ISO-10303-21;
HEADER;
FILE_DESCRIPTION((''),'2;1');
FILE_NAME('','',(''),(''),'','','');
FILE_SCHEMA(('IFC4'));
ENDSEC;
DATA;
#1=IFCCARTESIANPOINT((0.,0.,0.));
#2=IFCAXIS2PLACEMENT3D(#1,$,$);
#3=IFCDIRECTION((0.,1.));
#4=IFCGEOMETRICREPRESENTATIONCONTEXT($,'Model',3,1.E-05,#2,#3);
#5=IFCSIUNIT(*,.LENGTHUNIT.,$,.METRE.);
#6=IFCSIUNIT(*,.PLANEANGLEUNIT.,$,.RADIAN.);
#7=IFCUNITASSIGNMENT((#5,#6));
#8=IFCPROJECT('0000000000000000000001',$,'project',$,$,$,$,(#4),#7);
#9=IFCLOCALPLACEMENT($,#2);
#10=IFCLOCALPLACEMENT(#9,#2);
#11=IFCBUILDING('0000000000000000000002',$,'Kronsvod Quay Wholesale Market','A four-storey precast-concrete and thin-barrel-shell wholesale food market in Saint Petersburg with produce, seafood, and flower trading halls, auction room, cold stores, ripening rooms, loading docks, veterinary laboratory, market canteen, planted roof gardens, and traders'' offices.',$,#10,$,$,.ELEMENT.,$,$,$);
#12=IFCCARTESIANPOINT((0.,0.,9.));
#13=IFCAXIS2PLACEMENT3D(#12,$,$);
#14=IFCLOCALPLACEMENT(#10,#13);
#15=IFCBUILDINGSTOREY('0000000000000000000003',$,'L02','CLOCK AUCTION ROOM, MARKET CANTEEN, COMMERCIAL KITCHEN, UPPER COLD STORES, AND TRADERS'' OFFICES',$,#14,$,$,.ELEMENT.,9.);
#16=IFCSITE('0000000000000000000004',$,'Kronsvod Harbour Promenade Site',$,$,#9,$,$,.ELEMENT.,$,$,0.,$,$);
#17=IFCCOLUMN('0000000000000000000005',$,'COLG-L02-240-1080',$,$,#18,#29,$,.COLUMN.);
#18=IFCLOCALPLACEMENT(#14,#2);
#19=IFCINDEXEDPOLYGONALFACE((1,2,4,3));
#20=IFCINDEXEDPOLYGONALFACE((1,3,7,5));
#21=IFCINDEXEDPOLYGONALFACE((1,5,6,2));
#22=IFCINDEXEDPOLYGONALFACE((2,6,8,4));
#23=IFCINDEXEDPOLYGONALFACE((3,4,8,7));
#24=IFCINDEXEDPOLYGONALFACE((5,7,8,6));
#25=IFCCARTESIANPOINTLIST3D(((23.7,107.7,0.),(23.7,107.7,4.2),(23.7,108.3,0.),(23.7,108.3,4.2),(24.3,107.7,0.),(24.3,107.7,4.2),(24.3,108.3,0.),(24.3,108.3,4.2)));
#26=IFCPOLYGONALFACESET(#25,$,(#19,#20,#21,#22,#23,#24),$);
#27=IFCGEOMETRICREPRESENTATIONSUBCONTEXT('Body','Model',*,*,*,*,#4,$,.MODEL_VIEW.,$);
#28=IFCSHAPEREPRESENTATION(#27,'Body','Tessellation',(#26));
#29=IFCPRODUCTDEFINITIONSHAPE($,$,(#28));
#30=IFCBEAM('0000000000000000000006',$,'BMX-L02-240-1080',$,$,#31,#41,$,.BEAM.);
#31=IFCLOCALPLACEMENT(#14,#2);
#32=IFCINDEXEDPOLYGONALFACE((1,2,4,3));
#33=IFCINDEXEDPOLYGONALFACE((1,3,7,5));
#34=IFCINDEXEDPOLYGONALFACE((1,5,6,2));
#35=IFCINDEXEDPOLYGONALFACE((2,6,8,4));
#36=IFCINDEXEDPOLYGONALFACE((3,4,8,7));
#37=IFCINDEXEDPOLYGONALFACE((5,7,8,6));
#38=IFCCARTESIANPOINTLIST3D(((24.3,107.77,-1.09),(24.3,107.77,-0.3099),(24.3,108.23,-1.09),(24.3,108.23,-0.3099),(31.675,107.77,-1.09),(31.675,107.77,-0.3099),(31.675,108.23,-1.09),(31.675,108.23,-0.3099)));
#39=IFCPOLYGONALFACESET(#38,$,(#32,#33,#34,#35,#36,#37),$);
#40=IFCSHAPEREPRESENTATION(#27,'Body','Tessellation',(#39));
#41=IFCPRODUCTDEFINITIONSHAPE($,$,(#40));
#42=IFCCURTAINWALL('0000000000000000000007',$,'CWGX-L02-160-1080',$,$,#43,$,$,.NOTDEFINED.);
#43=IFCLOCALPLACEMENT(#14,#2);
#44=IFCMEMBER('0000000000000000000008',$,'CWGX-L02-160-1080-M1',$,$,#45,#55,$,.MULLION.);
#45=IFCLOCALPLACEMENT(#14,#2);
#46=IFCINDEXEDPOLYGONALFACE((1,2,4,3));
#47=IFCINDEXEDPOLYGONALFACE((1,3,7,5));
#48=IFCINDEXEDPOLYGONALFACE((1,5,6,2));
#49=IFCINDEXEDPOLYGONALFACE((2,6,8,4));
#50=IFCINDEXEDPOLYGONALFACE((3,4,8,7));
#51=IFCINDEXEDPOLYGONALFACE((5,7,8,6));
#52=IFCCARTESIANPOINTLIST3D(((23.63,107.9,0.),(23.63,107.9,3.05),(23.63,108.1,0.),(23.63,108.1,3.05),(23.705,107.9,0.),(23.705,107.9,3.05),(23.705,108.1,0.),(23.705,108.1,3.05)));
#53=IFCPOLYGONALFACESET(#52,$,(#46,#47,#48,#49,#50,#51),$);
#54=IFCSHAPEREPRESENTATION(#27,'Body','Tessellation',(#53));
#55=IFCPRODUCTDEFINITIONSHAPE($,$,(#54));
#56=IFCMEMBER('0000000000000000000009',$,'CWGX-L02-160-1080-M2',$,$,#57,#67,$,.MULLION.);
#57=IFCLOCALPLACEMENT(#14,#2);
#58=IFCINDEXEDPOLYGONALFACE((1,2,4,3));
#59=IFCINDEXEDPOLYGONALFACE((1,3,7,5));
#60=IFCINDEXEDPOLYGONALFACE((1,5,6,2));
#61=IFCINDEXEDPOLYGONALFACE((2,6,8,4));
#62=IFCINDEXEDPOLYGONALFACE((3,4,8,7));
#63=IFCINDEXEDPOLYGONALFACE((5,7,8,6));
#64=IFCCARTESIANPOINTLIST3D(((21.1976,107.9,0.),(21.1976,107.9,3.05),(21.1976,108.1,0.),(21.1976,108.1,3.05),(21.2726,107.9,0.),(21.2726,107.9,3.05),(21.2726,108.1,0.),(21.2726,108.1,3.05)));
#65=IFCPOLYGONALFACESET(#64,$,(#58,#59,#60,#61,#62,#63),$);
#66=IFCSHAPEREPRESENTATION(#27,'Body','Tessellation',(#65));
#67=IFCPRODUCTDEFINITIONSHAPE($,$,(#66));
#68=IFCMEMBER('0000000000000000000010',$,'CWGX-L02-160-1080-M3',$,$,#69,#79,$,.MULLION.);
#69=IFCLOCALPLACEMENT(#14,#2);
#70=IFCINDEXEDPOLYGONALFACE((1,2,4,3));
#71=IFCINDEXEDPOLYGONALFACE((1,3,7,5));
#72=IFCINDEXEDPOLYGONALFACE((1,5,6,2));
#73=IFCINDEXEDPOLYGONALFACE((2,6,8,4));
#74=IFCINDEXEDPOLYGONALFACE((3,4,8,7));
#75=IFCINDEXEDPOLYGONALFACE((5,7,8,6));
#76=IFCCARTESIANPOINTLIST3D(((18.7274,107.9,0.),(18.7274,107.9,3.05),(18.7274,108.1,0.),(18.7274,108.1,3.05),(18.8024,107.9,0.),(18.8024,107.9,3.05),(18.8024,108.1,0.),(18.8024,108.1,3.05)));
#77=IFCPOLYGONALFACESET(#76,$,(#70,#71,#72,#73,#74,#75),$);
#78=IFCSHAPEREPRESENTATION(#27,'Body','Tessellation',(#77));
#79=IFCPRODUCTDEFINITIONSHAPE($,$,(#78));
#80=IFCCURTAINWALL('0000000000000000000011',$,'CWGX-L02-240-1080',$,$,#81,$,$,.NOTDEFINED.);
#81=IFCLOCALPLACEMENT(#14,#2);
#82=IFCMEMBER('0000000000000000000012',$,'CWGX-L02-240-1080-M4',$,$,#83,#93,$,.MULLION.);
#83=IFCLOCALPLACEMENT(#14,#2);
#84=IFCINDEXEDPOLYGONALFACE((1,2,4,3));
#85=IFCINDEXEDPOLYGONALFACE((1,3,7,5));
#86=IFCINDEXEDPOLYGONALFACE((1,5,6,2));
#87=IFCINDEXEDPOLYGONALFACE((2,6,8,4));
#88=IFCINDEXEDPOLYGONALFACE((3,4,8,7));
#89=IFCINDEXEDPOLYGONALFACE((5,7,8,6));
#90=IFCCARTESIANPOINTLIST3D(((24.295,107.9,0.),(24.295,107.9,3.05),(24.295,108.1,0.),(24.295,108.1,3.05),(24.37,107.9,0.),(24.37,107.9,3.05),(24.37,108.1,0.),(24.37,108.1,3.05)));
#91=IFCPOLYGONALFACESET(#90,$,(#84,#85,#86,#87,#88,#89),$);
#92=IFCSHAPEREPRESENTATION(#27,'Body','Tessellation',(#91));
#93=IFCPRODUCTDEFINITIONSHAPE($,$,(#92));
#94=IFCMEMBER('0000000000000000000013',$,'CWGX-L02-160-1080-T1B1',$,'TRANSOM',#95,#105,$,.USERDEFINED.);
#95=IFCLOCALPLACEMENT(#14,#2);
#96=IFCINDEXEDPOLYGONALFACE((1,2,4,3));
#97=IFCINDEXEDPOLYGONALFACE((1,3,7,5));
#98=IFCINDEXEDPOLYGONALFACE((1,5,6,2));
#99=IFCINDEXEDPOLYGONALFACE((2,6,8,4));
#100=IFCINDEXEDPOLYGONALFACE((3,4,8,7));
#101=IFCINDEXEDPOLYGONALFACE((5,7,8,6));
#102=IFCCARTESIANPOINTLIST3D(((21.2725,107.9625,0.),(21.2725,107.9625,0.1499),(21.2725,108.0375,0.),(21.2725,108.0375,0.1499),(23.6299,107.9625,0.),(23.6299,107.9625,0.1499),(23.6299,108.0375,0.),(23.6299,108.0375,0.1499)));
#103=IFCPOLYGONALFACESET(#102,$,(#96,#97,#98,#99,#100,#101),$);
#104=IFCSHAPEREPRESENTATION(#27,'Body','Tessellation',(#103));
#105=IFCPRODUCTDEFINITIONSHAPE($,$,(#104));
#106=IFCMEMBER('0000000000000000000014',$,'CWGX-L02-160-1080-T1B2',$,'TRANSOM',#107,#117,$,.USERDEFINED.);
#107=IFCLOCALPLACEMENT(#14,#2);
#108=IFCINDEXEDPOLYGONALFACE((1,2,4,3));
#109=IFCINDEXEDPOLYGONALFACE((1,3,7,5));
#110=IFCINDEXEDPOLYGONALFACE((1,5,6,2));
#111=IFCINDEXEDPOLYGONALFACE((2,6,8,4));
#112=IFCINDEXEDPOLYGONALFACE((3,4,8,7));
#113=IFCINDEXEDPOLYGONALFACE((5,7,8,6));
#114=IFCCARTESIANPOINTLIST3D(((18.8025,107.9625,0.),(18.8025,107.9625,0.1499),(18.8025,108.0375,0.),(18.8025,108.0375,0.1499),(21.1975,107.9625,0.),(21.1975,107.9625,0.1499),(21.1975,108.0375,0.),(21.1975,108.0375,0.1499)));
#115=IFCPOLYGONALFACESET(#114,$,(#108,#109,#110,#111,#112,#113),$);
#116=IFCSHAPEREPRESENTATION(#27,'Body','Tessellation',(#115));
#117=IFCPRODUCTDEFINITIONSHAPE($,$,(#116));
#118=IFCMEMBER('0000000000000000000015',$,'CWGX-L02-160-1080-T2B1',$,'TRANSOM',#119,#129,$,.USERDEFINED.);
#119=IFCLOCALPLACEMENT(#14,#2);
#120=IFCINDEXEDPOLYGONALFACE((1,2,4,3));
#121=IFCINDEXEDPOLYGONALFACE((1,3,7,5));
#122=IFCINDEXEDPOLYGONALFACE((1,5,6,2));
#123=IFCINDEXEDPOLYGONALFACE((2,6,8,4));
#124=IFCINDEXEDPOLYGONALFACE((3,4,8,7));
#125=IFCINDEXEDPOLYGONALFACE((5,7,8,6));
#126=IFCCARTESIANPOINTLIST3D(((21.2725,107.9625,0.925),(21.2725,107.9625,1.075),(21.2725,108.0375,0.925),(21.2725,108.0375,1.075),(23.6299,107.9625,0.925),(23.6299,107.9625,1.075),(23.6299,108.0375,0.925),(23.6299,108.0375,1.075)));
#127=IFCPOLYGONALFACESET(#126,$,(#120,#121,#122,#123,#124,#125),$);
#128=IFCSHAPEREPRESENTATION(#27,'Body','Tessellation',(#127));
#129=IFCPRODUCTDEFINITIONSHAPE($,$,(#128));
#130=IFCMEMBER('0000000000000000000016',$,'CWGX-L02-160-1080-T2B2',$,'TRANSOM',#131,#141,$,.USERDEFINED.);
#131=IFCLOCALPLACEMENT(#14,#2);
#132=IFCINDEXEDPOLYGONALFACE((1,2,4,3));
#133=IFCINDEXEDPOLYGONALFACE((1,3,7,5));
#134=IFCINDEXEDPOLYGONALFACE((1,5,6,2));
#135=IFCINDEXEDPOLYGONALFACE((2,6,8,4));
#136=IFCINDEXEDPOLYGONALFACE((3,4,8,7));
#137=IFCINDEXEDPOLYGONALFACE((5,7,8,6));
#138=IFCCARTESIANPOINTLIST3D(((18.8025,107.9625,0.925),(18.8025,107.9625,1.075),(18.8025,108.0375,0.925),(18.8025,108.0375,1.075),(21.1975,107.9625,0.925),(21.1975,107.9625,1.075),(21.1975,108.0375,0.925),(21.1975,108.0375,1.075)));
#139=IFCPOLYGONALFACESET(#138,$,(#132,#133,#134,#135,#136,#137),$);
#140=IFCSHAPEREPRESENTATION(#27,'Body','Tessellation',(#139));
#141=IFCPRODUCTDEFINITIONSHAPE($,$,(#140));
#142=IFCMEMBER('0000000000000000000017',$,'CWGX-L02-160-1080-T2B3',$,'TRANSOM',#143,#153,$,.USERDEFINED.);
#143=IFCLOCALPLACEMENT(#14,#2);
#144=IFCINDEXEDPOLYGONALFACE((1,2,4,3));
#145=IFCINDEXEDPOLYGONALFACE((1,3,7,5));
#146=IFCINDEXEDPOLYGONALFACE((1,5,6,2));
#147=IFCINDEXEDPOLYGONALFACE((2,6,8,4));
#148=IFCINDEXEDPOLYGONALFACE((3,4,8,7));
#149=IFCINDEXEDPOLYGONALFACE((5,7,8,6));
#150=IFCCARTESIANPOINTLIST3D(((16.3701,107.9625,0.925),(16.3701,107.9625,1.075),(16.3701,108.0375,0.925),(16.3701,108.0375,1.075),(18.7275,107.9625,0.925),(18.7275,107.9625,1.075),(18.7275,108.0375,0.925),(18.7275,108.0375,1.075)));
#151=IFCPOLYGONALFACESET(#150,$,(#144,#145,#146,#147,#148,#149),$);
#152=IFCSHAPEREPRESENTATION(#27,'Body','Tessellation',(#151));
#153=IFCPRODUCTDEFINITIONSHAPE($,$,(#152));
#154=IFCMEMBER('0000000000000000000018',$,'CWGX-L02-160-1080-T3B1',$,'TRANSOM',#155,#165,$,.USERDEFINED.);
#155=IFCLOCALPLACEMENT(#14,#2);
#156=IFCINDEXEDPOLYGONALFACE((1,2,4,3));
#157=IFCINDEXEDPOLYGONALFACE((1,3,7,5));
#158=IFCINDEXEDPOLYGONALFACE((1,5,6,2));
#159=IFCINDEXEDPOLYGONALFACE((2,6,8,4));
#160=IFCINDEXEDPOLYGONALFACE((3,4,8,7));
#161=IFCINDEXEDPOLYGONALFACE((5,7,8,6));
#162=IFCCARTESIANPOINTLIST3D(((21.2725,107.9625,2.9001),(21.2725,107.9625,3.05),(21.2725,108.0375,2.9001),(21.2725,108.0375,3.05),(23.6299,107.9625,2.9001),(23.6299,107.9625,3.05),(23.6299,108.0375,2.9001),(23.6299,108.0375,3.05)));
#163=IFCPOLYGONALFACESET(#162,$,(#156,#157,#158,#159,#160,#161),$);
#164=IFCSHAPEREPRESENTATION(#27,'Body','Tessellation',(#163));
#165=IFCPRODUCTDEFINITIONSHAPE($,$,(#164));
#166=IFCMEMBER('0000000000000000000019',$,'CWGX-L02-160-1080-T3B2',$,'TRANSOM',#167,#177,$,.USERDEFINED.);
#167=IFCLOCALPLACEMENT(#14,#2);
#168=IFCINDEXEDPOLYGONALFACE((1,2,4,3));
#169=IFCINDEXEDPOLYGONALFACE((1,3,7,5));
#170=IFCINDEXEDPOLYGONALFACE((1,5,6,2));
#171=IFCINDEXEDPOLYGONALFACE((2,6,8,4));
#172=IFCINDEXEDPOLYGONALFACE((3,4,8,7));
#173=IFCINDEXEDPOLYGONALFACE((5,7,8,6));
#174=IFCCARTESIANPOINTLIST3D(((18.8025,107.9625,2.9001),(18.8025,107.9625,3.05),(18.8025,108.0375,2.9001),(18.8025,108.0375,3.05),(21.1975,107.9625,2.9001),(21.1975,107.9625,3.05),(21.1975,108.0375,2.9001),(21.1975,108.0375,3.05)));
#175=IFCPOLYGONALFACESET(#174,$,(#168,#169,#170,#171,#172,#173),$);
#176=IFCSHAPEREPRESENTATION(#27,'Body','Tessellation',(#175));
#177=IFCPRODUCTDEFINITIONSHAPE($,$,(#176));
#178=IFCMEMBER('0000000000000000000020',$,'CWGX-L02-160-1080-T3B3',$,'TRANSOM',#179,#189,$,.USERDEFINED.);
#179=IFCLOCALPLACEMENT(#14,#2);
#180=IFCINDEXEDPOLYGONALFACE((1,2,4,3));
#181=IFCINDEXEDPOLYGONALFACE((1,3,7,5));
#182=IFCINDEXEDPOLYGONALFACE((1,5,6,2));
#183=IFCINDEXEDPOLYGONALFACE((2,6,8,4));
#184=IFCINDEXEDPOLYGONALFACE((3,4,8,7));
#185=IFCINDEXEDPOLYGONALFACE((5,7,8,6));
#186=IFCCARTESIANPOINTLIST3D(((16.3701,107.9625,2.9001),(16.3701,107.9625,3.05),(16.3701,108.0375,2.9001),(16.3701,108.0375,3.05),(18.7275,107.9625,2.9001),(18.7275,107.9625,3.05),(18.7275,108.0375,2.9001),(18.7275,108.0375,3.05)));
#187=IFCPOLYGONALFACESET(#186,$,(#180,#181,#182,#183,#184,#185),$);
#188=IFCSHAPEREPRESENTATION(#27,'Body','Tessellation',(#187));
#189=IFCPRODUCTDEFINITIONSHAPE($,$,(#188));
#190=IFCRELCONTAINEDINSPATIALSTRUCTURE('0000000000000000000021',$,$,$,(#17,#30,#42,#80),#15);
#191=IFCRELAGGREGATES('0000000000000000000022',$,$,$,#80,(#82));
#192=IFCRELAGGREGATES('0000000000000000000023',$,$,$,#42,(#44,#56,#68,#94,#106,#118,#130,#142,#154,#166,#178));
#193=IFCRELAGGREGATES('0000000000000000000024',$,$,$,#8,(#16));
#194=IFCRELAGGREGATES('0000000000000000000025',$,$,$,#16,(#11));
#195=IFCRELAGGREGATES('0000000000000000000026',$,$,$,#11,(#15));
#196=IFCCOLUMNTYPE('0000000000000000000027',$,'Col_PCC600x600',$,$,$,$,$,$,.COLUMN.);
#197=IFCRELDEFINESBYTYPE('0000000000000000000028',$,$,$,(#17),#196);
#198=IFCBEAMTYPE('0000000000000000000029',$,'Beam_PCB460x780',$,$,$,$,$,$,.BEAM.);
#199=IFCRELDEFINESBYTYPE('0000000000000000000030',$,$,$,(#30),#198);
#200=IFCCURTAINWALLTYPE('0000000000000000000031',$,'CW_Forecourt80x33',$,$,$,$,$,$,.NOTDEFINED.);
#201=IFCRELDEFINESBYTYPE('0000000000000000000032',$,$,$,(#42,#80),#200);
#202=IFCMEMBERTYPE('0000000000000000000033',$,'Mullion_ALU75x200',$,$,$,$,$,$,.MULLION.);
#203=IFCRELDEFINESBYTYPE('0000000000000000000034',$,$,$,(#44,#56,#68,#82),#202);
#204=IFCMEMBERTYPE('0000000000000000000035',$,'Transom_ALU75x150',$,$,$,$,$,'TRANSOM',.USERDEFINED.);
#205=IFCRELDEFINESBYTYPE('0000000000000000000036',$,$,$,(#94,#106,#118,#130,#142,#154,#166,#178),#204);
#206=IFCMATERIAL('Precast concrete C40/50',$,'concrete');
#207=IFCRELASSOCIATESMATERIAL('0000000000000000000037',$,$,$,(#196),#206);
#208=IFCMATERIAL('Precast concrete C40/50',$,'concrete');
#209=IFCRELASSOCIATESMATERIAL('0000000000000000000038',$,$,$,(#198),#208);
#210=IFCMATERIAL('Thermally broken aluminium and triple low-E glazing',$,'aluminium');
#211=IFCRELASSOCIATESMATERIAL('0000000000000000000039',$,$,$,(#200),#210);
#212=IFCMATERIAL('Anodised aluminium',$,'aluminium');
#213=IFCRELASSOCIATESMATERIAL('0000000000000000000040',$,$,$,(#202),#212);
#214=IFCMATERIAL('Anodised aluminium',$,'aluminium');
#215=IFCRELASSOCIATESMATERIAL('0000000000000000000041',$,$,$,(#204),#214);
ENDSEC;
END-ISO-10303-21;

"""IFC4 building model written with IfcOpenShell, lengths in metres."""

from ifc_helpers import new_model, si_unit, direction, frame, origin, origin_2d, place, context, subcontext, project, spatial, rectangle, extrude, material, material_profile, profile_set, type_object, element, aggregate, save


model = new_model("IFC4")

# Units and contexts
model_context = context("Model", 3, precision=1e-05, world=origin(), true_north=direction((0.0, 1.0)))
body_context = subcontext(model_context, "Body", "Model", "MODEL_VIEW")
ifc_project = project(units=[si_unit("LENGTHUNIT", "METRE"), si_unit("PLANEANGLEUNIT", "RADIAN")], contexts=[model_context])

# Site, building, storey
site_placement = place(None, origin())
site = spatial("IfcSite", under=ifc_project, at=site_placement, Name="Kronsvod Harbour Promenade Site", CompositionType="ELEMENT", RefElevation=0.0)
building_placement = place(site_placement, origin())
building = spatial("IfcBuilding", under=site, at=building_placement, Name="Kronsvod Quay Wholesale Market", Description="A four-storey precast-concrete and thin-barrel-shell wholesale food market in Saint Petersburg with produce, seafood, and flower trading halls, auction room, cold stores, ripening rooms, loading docks, veterinary laboratory, market canteen, planted roof gardens, and traders' offices.", CompositionType="ELEMENT")
storey_placement = place(building_placement, frame((0.0, 0.0, 9.0)))
storey = spatial("IfcBuildingStorey", under=building, at=storey_placement, Name="L02", Description="CLOCK AUCTION ROOM, MARKET CANTEEN, COMMERCIAL KITCHEN, UPPER COLD STORES, AND TRADERS' OFFICES", CompositionType="ELEMENT", Elevation=9.0)

# Column
ifc_material_1 = material(Name="Precast concrete C40/50", Category="concrete")
ifc_material_profile_1 = material_profile(ifc_material_1, rectangle(XDim=0.6001, YDim=0.6001, at=origin_2d()), Name="PCC600x600")
ifc_profile_set_1 = profile_set([ifc_material_profile_1], Name="Precast concrete C40/50")
column_type = type_object("IfcColumnType", Name="Col_PCC600x600", PredefinedType="COLUMN", material=ifc_profile_set_1)
column_placement = place(storey_placement, frame((24.0, 108.0, 0.0), z_axis=(0.0, 0.0, 1.0), x_axis=(1.0, 0.0, 0.0)))
element("IfcColumn", 1, at=column_placement, inside=storey, type_object=column_type, Name="COLG-L02-240-1080", PredefinedType="COLUMN", context=body_context, shape_type="SweptSolid", body=[
    extrude(rectangle(XDim=0.6001, YDim=0.6001, at=origin_2d()), origin(), (0.0, 0.0, 1.0), 4.2),
])

# Beam
ifc_material_2 = material(Name="Precast concrete C40/50", Category="concrete")
ifc_material_profile_2 = material_profile(ifc_material_2, rectangle(XDim=0.46, YDim=0.78, at=origin_2d()), Name="PB-03")
ifc_profile_set_2 = profile_set([ifc_material_profile_2], Name="Precast concrete C40/50")
beam_type = type_object("IfcBeamType", Name="Beam_PCB460x780", PredefinedType="BEAM", material=ifc_profile_set_2)
beam_placement = place(storey_placement, frame((24.3, 108.0, -0.7), z_axis=(1.0, 0.0, 0.0), x_axis=(0.0, 1.0, 0.0)))
element("IfcBeam", 2, at=beam_placement, inside=storey, type_object=beam_type, Name="BMX-L02-240-1080", PredefinedType="BEAM", context=body_context, shape_type="SweptSolid", body=[
    extrude(rectangle(XDim=0.46, YDim=0.78, at=origin_2d()), origin(), (0.0, 0.0, 1.0), 7.375),
])

# Curtain wall, members
ifc_material_3 = material(Name="Thermally broken aluminium and triple low-E glazing", Category="aluminium")
curtain_wall_type = type_object("IfcCurtainWallType", Name="CW_Forecourt80x33", PredefinedType="NOTDEFINED", material=ifc_material_3)
curtain_wall_1_placement = place(storey_placement, origin())
curtain_wall_1 = element("IfcCurtainWall", 3, at=curtain_wall_1_placement, inside=storey, type_object=curtain_wall_type, Name="CWGX-L02-160-1080", PredefinedType="NOTDEFINED")
ifc_material_4 = material(Name="Anodised aluminium", Category="aluminium")
ifc_material_profile_3 = material_profile(ifc_material_4, rectangle(XDim=0.075, YDim=0.2, at=origin_2d()), Name="ALUM75x200")
ifc_profile_set_3 = profile_set([ifc_material_profile_3], Name="Anodised aluminium")
member_type_1 = type_object("IfcMemberType", Name="Mullion_ALU75x200", PredefinedType="MULLION", material=ifc_profile_set_3)
member_1_placement = place(storey_placement, frame((23.6675, 108.0, 0.0), z_axis=(0.0, 0.0, 1.0), x_axis=(1.0, 0.0, 0.0)))
member_1 = element("IfcMember", 4, at=member_1_placement, type_object=member_type_1, Name="CWGX-L02-160-1080-M1", PredefinedType="MULLION", context=body_context, shape_type="SweptSolid", body=[
    extrude(rectangle(XDim=0.075, YDim=0.2, at=origin_2d()), origin(), (0.0, 0.0, 1.0), 3.05),
])
member_2_placement = place(storey_placement, frame((21.2351, 108.0, 0.0), z_axis=(0.0, 0.0, 1.0), x_axis=(1.0, 0.0, 0.0)))
member_2 = element("IfcMember", 5, at=member_2_placement, type_object=member_type_1, Name="CWGX-L02-160-1080-M2", PredefinedType="MULLION", context=body_context, shape_type="SweptSolid", body=[
    extrude(rectangle(XDim=0.075, YDim=0.2, at=origin_2d()), origin(), (0.0, 0.0, 1.0), 3.05),
])
member_3_placement = place(storey_placement, frame((18.7649, 108.0, 0.0), z_axis=(0.0, 0.0, 1.0), x_axis=(1.0, 0.0, 0.0)))
member_3 = element("IfcMember", 6, at=member_3_placement, type_object=member_type_1, Name="CWGX-L02-160-1080-M3", PredefinedType="MULLION", context=body_context, shape_type="SweptSolid", body=[
    extrude(rectangle(XDim=0.075, YDim=0.2, at=origin_2d()), origin(), (0.0, 0.0, 1.0), 3.05),
])

# Curtain wall, member
curtain_wall_2_placement = place(storey_placement, origin())
curtain_wall_2 = element("IfcCurtainWall", 7, at=curtain_wall_2_placement, inside=storey, type_object=curtain_wall_type, Name="CWGX-L02-240-1080", PredefinedType="NOTDEFINED")
member_4_placement = place(storey_placement, frame((24.3325, 108.0, 0.0), z_axis=(0.0, 0.0, 1.0), x_axis=(1.0, 0.0, 0.0)))
member_4 = element("IfcMember", 8, at=member_4_placement, type_object=member_type_1, Name="CWGX-L02-240-1080-M4", PredefinedType="MULLION", context=body_context, shape_type="SweptSolid", body=[
    extrude(rectangle(XDim=0.075, YDim=0.2, at=origin_2d()), origin(), (0.0, 0.0, 1.0), 3.05),
])

# Members
ifc_material_5 = material(Name="Anodised aluminium", Category="aluminium")
ifc_material_profile_4 = material_profile(ifc_material_5, rectangle(XDim=0.075, YDim=0.1499, at=origin_2d()), Name="ALUT75x150")
ifc_profile_set_4 = profile_set([ifc_material_profile_4], Name="Anodised aluminium")
member_type_2 = type_object("IfcMemberType", Name="Transom_ALU75x150", ElementType="TRANSOM", PredefinedType="USERDEFINED", material=ifc_profile_set_4)
member_5_placement = place(storey_placement, frame((23.6299, 108.0, 0.075), z_axis=(-1.0, 0.0, 0.0), x_axis=(0.0, -1.0, 0.0)))
member_5 = element("IfcMember", 9, at=member_5_placement, type_object=member_type_2, Name="CWGX-L02-160-1080-T1B1", ObjectType="TRANSOM", PredefinedType="USERDEFINED", context=body_context, shape_type="SweptSolid", body=[
    extrude(rectangle(XDim=0.075, YDim=0.1499, at=origin_2d()), origin(), (0.0, 0.0, 1.0), 2.3574),
])
member_6_placement = place(storey_placement, frame((21.1975, 108.0, 0.075), z_axis=(-1.0, 0.0, 0.0), x_axis=(0.0, -1.0, 0.0)))
member_6 = element("IfcMember", 10, at=member_6_placement, type_object=member_type_2, Name="CWGX-L02-160-1080-T1B2", ObjectType="TRANSOM", PredefinedType="USERDEFINED", context=body_context, shape_type="SweptSolid", body=[
    extrude(rectangle(XDim=0.075, YDim=0.1499, at=origin_2d()), origin(), (0.0, 0.0, 1.0), 2.395),
])
member_7_placement = place(storey_placement, frame((23.6299, 108.0, 1.0), z_axis=(-1.0, 0.0, 0.0), x_axis=(0.0, -1.0, 0.0)))
member_7 = element("IfcMember", 11, at=member_7_placement, type_object=member_type_2, Name="CWGX-L02-160-1080-T2B1", ObjectType="TRANSOM", PredefinedType="USERDEFINED", context=body_context, shape_type="SweptSolid", body=[
    extrude(rectangle(XDim=0.075, YDim=0.1499, at=origin_2d()), origin(), (0.0, 0.0, 1.0), 2.3574),
])
member_8_placement = place(storey_placement, frame((21.1975, 108.0, 1.0), z_axis=(-1.0, 0.0, 0.0), x_axis=(0.0, -1.0, 0.0)))
member_8 = element("IfcMember", 12, at=member_8_placement, type_object=member_type_2, Name="CWGX-L02-160-1080-T2B2", ObjectType="TRANSOM", PredefinedType="USERDEFINED", context=body_context, shape_type="SweptSolid", body=[
    extrude(rectangle(XDim=0.075, YDim=0.1499, at=origin_2d()), origin(), (0.0, 0.0, 1.0), 2.395),
])
member_9_placement = place(storey_placement, frame((18.7275, 108.0, 1.0), z_axis=(-1.0, 0.0, 0.0), x_axis=(0.0, -1.0, 0.0)))
member_9 = element("IfcMember", 13, at=member_9_placement, type_object=member_type_2, Name="CWGX-L02-160-1080-T2B3", ObjectType="TRANSOM", PredefinedType="USERDEFINED", context=body_context, shape_type="SweptSolid", body=[
    extrude(rectangle(XDim=0.075, YDim=0.1499, at=origin_2d()), origin(), (0.0, 0.0, 1.0), 2.3574),
])
member_10_placement = place(storey_placement, frame((23.6299, 108.0, 2.9751), z_axis=(-1.0, 0.0, 0.0), x_axis=(0.0, -1.0, 0.0)))
member_10 = element("IfcMember", 14, at=member_10_placement, type_object=member_type_2, Name="CWGX-L02-160-1080-T3B1", ObjectType="TRANSOM", PredefinedType="USERDEFINED", context=body_context, shape_type="SweptSolid", body=[
    extrude(rectangle(XDim=0.075, YDim=0.1499, at=origin_2d()), origin(), (0.0, 0.0, 1.0), 2.3574),
])
member_11_placement = place(storey_placement, frame((21.1975, 108.0, 2.9751), z_axis=(-1.0, 0.0, 0.0), x_axis=(0.0, -1.0, 0.0)))
member_11 = element("IfcMember", 15, at=member_11_placement, type_object=member_type_2, Name="CWGX-L02-160-1080-T3B2", ObjectType="TRANSOM", PredefinedType="USERDEFINED", context=body_context, shape_type="SweptSolid", body=[
    extrude(rectangle(XDim=0.075, YDim=0.1499, at=origin_2d()), origin(), (0.0, 0.0, 1.0), 2.395),
])
member_12_placement = place(storey_placement, frame((18.7275, 108.0, 2.9751), z_axis=(-1.0, 0.0, 0.0), x_axis=(0.0, -1.0, 0.0)))
member_12 = element("IfcMember", 16, at=member_12_placement, type_object=member_type_2, Name="CWGX-L02-160-1080-T3B3", ObjectType="TRANSOM", PredefinedType="USERDEFINED", context=body_context, shape_type="SweptSolid", body=[
    extrude(rectangle(XDim=0.075, YDim=0.1499, at=origin_2d()), origin(), (0.0, 0.0, 1.0), 2.3574),
])

aggregate(curtain_wall_2, [member_4])
aggregate(curtain_wall_1, [member_1, member_2, member_3, member_5, member_6, member_7, member_8, member_9, member_10, member_11, member_12])

save(model, "model.ifc")
